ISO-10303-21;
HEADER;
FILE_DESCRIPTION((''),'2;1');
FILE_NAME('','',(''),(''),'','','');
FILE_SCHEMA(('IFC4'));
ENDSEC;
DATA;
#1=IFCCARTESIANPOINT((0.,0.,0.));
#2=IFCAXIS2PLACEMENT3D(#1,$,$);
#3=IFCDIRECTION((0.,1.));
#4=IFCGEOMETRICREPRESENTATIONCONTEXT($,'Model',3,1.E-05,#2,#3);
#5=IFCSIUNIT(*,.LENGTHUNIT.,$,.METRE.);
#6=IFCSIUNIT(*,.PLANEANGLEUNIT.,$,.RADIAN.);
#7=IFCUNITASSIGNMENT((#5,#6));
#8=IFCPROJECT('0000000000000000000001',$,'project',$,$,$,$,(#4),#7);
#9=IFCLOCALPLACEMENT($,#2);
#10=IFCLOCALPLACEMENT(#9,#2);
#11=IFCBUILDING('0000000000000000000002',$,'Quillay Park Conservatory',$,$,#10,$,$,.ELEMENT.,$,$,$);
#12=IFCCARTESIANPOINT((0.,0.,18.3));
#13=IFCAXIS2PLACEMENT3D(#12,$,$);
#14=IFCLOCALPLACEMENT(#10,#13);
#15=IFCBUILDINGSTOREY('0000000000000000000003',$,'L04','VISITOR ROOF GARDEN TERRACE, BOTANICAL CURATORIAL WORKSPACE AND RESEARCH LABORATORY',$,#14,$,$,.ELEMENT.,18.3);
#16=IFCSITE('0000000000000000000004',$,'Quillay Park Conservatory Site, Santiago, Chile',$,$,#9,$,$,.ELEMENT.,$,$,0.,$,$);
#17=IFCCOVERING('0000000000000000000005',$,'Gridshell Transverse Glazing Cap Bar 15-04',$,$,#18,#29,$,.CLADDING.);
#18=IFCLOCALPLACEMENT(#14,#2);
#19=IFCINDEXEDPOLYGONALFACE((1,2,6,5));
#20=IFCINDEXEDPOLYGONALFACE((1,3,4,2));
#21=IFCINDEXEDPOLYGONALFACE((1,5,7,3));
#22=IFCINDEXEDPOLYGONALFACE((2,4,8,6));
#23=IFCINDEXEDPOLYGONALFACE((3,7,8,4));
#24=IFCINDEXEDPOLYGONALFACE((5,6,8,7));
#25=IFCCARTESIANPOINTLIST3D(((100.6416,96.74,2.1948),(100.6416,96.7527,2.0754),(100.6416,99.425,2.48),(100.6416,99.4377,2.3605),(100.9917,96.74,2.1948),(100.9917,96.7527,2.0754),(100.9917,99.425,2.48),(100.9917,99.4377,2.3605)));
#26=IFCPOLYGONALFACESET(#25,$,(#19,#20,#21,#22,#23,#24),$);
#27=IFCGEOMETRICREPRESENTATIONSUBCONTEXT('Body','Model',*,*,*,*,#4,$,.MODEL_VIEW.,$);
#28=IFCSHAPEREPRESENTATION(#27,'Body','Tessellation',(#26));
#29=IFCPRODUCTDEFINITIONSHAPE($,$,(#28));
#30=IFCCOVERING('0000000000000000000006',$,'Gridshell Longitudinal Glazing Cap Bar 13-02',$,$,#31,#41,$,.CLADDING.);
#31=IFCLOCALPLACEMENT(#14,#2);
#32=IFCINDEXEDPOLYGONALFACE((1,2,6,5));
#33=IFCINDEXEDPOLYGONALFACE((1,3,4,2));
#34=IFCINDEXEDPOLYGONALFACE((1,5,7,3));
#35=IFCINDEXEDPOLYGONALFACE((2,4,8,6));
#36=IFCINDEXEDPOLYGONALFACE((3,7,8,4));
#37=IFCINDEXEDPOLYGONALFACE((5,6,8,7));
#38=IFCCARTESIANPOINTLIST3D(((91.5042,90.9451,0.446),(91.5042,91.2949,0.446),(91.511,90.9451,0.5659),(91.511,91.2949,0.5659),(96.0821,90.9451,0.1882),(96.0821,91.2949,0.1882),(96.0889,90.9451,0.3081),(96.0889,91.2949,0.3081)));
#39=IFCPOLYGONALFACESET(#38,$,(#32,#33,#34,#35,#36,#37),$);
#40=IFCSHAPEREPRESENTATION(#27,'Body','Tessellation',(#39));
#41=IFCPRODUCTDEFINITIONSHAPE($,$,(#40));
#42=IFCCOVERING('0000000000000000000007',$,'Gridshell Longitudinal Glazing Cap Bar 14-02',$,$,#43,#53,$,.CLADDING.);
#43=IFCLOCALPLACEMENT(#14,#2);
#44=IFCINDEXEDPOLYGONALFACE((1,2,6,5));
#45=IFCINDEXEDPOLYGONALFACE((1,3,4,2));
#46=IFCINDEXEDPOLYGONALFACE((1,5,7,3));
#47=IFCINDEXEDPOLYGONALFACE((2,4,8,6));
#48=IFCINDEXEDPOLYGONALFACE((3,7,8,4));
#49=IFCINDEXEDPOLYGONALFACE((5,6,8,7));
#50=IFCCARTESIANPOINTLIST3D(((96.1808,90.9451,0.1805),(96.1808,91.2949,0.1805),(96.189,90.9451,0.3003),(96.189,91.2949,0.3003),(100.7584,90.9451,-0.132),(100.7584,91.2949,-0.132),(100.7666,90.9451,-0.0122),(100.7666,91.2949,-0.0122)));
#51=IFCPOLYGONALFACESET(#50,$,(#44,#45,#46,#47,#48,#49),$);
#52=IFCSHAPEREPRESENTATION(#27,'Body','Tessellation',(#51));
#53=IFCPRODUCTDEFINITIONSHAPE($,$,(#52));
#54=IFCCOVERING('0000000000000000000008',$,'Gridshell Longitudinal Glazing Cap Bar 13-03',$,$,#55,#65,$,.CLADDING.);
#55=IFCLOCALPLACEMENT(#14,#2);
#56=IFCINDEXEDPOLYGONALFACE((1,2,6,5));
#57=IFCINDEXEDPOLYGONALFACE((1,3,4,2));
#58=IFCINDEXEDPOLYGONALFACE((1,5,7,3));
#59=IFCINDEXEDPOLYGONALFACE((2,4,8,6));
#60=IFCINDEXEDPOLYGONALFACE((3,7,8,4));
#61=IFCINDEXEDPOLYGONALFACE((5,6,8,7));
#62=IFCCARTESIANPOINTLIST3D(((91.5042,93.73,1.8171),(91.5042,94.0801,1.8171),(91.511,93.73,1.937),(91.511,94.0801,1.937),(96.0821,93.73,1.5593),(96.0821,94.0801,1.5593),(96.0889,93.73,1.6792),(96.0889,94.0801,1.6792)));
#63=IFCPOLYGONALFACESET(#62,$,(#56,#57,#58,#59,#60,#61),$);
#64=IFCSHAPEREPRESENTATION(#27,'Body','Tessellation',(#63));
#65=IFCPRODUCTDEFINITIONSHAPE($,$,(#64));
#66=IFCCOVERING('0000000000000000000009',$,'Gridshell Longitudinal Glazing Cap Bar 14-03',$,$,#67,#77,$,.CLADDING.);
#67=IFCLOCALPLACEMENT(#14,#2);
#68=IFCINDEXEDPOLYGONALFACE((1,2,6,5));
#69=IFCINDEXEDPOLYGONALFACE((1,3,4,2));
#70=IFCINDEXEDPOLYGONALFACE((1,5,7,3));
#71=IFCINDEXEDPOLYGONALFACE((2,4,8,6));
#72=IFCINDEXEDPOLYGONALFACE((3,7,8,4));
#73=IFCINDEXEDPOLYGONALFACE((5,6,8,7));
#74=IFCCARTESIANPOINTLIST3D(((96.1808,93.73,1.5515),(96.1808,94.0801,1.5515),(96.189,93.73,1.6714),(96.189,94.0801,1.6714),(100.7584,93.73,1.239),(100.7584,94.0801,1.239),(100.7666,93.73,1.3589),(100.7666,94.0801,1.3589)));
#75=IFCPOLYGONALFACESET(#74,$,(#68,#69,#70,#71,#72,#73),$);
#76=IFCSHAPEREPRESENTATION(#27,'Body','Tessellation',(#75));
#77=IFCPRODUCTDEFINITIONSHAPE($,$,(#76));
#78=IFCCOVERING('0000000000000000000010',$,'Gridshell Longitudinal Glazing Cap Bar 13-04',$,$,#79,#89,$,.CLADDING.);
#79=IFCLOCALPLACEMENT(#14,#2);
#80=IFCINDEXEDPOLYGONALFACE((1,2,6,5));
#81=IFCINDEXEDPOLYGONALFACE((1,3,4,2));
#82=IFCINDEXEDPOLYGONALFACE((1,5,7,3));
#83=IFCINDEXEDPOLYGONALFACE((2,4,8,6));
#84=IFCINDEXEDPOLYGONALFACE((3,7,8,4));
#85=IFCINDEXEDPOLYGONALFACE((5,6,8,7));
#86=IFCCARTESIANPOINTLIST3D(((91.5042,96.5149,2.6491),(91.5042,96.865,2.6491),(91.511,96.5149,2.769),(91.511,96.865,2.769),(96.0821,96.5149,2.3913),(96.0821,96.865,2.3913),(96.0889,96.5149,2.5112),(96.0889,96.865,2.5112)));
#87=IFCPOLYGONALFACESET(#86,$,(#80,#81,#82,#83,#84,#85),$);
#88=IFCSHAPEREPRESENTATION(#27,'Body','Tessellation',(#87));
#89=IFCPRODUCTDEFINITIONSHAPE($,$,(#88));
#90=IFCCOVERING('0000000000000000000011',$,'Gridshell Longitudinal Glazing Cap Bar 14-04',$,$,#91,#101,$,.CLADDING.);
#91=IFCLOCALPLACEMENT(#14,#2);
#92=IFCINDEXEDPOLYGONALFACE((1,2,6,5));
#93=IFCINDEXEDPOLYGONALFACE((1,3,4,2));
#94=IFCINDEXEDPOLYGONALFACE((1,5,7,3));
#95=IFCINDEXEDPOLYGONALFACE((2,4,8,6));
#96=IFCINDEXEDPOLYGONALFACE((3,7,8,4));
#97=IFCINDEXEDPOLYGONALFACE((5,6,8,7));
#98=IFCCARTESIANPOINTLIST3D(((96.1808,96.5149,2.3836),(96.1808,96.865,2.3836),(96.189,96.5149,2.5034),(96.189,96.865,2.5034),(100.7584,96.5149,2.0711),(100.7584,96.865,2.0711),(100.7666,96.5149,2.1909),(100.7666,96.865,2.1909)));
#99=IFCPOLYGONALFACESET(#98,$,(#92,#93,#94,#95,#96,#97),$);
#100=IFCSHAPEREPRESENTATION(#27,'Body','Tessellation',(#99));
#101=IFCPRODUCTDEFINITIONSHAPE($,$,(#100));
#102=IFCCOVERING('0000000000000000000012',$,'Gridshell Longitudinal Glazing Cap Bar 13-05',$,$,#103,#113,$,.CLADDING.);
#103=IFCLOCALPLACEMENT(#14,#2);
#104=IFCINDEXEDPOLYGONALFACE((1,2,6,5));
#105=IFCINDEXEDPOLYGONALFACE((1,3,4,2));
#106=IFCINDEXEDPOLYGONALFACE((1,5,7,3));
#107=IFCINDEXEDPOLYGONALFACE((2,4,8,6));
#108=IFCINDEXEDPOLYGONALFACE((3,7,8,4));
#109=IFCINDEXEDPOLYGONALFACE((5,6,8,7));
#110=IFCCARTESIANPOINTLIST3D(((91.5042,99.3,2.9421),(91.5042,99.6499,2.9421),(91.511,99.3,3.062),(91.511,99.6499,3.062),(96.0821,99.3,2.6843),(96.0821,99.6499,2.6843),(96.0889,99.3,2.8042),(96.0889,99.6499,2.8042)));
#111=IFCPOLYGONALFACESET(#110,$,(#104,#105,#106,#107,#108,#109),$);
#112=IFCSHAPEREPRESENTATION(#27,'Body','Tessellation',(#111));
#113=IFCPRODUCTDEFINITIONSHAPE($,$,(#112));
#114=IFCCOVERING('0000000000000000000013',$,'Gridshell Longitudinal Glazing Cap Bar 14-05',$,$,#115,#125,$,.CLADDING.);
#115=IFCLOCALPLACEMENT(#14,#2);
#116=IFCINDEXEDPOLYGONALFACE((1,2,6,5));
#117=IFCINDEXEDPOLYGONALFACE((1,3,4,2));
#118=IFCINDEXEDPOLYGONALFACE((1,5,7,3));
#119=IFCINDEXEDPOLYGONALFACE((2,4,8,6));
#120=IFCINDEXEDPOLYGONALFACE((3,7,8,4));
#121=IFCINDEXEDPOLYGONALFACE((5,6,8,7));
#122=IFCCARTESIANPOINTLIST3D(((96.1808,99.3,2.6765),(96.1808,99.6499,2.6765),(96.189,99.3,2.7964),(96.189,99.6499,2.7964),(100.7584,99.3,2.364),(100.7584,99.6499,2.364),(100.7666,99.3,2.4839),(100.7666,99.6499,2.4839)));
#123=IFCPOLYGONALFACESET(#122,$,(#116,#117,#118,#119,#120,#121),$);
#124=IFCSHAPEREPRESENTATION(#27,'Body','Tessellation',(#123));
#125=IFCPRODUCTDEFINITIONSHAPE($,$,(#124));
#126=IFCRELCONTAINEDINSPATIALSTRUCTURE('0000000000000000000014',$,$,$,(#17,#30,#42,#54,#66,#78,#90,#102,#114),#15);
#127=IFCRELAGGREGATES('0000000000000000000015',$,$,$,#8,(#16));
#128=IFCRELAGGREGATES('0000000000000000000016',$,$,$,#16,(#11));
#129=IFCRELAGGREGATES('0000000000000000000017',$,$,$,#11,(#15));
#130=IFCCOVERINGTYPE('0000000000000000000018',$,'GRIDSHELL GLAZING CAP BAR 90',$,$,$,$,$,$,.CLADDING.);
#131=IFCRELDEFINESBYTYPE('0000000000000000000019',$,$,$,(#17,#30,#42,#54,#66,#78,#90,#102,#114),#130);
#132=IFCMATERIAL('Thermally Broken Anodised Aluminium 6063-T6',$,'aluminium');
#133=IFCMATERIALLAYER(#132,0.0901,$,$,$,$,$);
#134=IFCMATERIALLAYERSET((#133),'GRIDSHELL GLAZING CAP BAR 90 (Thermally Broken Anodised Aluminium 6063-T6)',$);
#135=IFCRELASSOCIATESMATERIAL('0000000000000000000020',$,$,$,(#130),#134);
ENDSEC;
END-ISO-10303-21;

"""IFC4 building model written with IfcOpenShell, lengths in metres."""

from ifc_helpers import new_model, si_unit, direction, frame, origin, place, context, subcontext, project, spatial, polyline, outline, extrude, material, layer, layer_set, type_object, element, save


model = new_model("IFC4")

# Units and contexts
model_context = context("Model", 3, precision=1e-05, world=origin(), true_north=direction((0.0, 1.0)))
body_context = subcontext(model_context, "Body", "Model", "MODEL_VIEW")
ifc_project = project(units=[si_unit("LENGTHUNIT", "METRE"), si_unit("PLANEANGLEUNIT", "RADIAN")], contexts=[model_context])

# Site, building, storey
site_placement = place(None, origin())
site = spatial("IfcSite", under=ifc_project, at=site_placement, Name="Quillay Park Conservatory Site, Santiago, Chile", CompositionType="ELEMENT", RefElevation=0.0)
building_placement = place(site_placement, origin())
building = spatial("IfcBuilding", under=site, at=building_placement, Name="Quillay Park Conservatory", CompositionType="ELEMENT")
storey_placement = place(building_placement, frame((0.0, 0.0, 18.3)))
storey = spatial("IfcBuildingStorey", under=building, at=storey_placement, Name="L04", Description="VISITOR ROOF GARDEN TERRACE, BOTANICAL CURATORIAL WORKSPACE AND RESEARCH LABORATORY", CompositionType="ELEMENT", Elevation=18.3)

# Coverings
ifc_material_1 = material(Name="Thermally Broken Anodised Aluminium 6063-T6", Category="aluminium")
ifc_layer_1 = layer(ifc_material_1, 0.0901)
ifc_layer_set_1 = layer_set([ifc_layer_1], Name="GRIDSHELL GLAZING CAP BAR 90 (Thermally Broken Anodised Aluminium 6063-T6)")
covering_type = type_object("IfcCoveringType", Name="GRIDSHELL GLAZING CAP BAR 90", PredefinedType="CLADDING", material=ifc_layer_set_1)
covering_1_placement = place(storey_placement, frame((100.6416, 96.74, 2.1948), z_axis=(0.0, -0.105607, 0.994408), x_axis=(1.0, 0.0, 0.0)))
element("IfcCovering", 1, at=covering_1_placement, inside=storey, type_object=covering_type, Name="Gridshell Transverse Glazing Cap Bar 15-04", PredefinedType="CLADDING", context=body_context, shape_type="SweptSolid", body=[
    extrude(outline(polyline([(0.0, 0.0), (0.3501, 0.0), (0.3501, 2.7002), (0.0, 2.7002), (0.0, 0.0)])), origin(), (0.0, 0.0, -1.0), 0.1201),
])
covering_2_placement = place(storey_placement, frame((91.511, 90.9451, 0.5659), z_axis=(0.056228, 0.0, 0.998418), x_axis=(0.998418, 0.0, -0.056228)))
element("IfcCovering", 2, at=covering_2_placement, inside=storey, type_object=covering_type, Name="Gridshell Longitudinal Glazing Cap Bar 13-02", PredefinedType="CLADDING", context=body_context, shape_type="SweptSolid", body=[
    extrude(outline(polyline([(0.0, 0.0), (4.5851, 0.0), (4.5851, 0.3499), (0.0, 0.3499), (0.0, 0.0)])), origin(), (0.0, 0.0, -1.0), 0.1201),
])
covering_3_placement = place(storey_placement, frame((96.189, 90.9451, 0.3003), z_axis=(0.068108, 0.0, 0.997678), x_axis=(0.997678, 0.0, -0.068108)))
element("IfcCovering", 3, at=covering_3_placement, inside=storey, type_object=covering_type, Name="Gridshell Longitudinal Glazing Cap Bar 14-02", PredefinedType="CLADDING", context=body_context, shape_type="SweptSolid", body=[
    extrude(outline(polyline([(0.0, 0.0), (4.5883, 0.0), (4.5883, 0.3499), (0.0, 0.3499), (0.0, 0.0)])), origin(), (0.0, 0.0, -1.0), 0.1201),
])
covering_4_placement = place(storey_placement, frame((91.511, 93.73, 1.937), z_axis=(0.056228, 0.0, 0.998418), x_axis=(0.998418, 0.0, -0.056228)))
element("IfcCovering", 4, at=covering_4_placement, inside=storey, type_object=covering_type, Name="Gridshell Longitudinal Glazing Cap Bar 13-03", PredefinedType="CLADDING", context=body_context, shape_type="SweptSolid", body=[
    extrude(outline(polyline([(0.0, 0.0), (4.5851, 0.0), (4.5851, 0.3501), (0.0, 0.3501), (0.0, 0.0)])), origin(), (0.0, 0.0, -1.0), 0.1201),
])
covering_5_placement = place(storey_placement, frame((96.189, 93.73, 1.6714), z_axis=(0.068108, 0.0, 0.997678), x_axis=(0.997678, 0.0, -0.068108)))
element("IfcCovering", 5, at=covering_5_placement, inside=storey, type_object=covering_type, Name="Gridshell Longitudinal Glazing Cap Bar 14-03", PredefinedType="CLADDING", context=body_context, shape_type="SweptSolid", body=[
    extrude(outline(polyline([(0.0, 0.0), (4.5883, 0.0), (4.5883, 0.3501), (0.0, 0.3501), (0.0, 0.0)])), origin(), (0.0, 0.0, -1.0), 0.1201),
])
covering_6_placement = place(storey_placement, frame((91.511, 96.5149, 2.769), z_axis=(0.056228, 0.0, 0.998418), x_axis=(0.998418, 0.0, -0.056228)))
element("IfcCovering", 6, at=covering_6_placement, inside=storey, type_object=covering_type, Name="Gridshell Longitudinal Glazing Cap Bar 13-04", PredefinedType="CLADDING", context=body_context, shape_type="SweptSolid", body=[
    extrude(outline(polyline([(0.0, 0.0), (4.5851, 0.0), (4.5851, 0.3501), (0.0, 0.3501), (0.0, 0.0)])), origin(), (0.0, 0.0, -1.0), 0.1201),
])
covering_7_placement = place(storey_placement, frame((96.189, 96.5149, 2.5034), z_axis=(0.068108, 0.0, 0.997678), x_axis=(0.997678, 0.0, -0.068108)))
element("IfcCovering", 7, at=covering_7_placement, inside=storey, type_object=covering_type, Name="Gridshell Longitudinal Glazing Cap Bar 14-04", PredefinedType="CLADDING", context=body_context, shape_type="SweptSolid", body=[
    extrude(outline(polyline([(0.0, 0.0), (4.5883, 0.0), (4.5883, 0.3501), (0.0, 0.3501), (0.0, 0.0)])), origin(), (0.0, 0.0, -1.0), 0.1201),
])
covering_8_placement = place(storey_placement, frame((91.511, 99.3, 3.062), z_axis=(0.056228, 0.0, 0.998418), x_axis=(0.998418, 0.0, -0.056228)))
element("IfcCovering", 8, at=covering_8_placement, inside=storey, type_object=covering_type, Name="Gridshell Longitudinal Glazing Cap Bar 13-05", PredefinedType="CLADDING", context=body_context, shape_type="SweptSolid", body=[
    extrude(outline(polyline([(0.0, 0.0), (4.5851, 0.0), (4.5851, 0.3499), (0.0, 0.3499), (0.0, 0.0)])), origin(), (0.0, 0.0, -1.0), 0.1201),
])
covering_9_placement = place(storey_placement, frame((96.189, 99.3, 2.7964), z_axis=(0.068108, 0.0, 0.997678), x_axis=(0.997678, 0.0, -0.068108)))
element("IfcCovering", 9, at=covering_9_placement, inside=storey, type_object=covering_type, Name="Gridshell Longitudinal Glazing Cap Bar 14-05", PredefinedType="CLADDING", context=body_context, shape_type="SweptSolid", body=[
    extrude(outline(polyline([(0.0, 0.0), (4.5883, 0.0), (4.5883, 0.3499), (0.0, 0.3499), (0.0, 0.0)])), origin(), (0.0, 0.0, -1.0), 0.1201),
])

save(model, "model.ifc")
